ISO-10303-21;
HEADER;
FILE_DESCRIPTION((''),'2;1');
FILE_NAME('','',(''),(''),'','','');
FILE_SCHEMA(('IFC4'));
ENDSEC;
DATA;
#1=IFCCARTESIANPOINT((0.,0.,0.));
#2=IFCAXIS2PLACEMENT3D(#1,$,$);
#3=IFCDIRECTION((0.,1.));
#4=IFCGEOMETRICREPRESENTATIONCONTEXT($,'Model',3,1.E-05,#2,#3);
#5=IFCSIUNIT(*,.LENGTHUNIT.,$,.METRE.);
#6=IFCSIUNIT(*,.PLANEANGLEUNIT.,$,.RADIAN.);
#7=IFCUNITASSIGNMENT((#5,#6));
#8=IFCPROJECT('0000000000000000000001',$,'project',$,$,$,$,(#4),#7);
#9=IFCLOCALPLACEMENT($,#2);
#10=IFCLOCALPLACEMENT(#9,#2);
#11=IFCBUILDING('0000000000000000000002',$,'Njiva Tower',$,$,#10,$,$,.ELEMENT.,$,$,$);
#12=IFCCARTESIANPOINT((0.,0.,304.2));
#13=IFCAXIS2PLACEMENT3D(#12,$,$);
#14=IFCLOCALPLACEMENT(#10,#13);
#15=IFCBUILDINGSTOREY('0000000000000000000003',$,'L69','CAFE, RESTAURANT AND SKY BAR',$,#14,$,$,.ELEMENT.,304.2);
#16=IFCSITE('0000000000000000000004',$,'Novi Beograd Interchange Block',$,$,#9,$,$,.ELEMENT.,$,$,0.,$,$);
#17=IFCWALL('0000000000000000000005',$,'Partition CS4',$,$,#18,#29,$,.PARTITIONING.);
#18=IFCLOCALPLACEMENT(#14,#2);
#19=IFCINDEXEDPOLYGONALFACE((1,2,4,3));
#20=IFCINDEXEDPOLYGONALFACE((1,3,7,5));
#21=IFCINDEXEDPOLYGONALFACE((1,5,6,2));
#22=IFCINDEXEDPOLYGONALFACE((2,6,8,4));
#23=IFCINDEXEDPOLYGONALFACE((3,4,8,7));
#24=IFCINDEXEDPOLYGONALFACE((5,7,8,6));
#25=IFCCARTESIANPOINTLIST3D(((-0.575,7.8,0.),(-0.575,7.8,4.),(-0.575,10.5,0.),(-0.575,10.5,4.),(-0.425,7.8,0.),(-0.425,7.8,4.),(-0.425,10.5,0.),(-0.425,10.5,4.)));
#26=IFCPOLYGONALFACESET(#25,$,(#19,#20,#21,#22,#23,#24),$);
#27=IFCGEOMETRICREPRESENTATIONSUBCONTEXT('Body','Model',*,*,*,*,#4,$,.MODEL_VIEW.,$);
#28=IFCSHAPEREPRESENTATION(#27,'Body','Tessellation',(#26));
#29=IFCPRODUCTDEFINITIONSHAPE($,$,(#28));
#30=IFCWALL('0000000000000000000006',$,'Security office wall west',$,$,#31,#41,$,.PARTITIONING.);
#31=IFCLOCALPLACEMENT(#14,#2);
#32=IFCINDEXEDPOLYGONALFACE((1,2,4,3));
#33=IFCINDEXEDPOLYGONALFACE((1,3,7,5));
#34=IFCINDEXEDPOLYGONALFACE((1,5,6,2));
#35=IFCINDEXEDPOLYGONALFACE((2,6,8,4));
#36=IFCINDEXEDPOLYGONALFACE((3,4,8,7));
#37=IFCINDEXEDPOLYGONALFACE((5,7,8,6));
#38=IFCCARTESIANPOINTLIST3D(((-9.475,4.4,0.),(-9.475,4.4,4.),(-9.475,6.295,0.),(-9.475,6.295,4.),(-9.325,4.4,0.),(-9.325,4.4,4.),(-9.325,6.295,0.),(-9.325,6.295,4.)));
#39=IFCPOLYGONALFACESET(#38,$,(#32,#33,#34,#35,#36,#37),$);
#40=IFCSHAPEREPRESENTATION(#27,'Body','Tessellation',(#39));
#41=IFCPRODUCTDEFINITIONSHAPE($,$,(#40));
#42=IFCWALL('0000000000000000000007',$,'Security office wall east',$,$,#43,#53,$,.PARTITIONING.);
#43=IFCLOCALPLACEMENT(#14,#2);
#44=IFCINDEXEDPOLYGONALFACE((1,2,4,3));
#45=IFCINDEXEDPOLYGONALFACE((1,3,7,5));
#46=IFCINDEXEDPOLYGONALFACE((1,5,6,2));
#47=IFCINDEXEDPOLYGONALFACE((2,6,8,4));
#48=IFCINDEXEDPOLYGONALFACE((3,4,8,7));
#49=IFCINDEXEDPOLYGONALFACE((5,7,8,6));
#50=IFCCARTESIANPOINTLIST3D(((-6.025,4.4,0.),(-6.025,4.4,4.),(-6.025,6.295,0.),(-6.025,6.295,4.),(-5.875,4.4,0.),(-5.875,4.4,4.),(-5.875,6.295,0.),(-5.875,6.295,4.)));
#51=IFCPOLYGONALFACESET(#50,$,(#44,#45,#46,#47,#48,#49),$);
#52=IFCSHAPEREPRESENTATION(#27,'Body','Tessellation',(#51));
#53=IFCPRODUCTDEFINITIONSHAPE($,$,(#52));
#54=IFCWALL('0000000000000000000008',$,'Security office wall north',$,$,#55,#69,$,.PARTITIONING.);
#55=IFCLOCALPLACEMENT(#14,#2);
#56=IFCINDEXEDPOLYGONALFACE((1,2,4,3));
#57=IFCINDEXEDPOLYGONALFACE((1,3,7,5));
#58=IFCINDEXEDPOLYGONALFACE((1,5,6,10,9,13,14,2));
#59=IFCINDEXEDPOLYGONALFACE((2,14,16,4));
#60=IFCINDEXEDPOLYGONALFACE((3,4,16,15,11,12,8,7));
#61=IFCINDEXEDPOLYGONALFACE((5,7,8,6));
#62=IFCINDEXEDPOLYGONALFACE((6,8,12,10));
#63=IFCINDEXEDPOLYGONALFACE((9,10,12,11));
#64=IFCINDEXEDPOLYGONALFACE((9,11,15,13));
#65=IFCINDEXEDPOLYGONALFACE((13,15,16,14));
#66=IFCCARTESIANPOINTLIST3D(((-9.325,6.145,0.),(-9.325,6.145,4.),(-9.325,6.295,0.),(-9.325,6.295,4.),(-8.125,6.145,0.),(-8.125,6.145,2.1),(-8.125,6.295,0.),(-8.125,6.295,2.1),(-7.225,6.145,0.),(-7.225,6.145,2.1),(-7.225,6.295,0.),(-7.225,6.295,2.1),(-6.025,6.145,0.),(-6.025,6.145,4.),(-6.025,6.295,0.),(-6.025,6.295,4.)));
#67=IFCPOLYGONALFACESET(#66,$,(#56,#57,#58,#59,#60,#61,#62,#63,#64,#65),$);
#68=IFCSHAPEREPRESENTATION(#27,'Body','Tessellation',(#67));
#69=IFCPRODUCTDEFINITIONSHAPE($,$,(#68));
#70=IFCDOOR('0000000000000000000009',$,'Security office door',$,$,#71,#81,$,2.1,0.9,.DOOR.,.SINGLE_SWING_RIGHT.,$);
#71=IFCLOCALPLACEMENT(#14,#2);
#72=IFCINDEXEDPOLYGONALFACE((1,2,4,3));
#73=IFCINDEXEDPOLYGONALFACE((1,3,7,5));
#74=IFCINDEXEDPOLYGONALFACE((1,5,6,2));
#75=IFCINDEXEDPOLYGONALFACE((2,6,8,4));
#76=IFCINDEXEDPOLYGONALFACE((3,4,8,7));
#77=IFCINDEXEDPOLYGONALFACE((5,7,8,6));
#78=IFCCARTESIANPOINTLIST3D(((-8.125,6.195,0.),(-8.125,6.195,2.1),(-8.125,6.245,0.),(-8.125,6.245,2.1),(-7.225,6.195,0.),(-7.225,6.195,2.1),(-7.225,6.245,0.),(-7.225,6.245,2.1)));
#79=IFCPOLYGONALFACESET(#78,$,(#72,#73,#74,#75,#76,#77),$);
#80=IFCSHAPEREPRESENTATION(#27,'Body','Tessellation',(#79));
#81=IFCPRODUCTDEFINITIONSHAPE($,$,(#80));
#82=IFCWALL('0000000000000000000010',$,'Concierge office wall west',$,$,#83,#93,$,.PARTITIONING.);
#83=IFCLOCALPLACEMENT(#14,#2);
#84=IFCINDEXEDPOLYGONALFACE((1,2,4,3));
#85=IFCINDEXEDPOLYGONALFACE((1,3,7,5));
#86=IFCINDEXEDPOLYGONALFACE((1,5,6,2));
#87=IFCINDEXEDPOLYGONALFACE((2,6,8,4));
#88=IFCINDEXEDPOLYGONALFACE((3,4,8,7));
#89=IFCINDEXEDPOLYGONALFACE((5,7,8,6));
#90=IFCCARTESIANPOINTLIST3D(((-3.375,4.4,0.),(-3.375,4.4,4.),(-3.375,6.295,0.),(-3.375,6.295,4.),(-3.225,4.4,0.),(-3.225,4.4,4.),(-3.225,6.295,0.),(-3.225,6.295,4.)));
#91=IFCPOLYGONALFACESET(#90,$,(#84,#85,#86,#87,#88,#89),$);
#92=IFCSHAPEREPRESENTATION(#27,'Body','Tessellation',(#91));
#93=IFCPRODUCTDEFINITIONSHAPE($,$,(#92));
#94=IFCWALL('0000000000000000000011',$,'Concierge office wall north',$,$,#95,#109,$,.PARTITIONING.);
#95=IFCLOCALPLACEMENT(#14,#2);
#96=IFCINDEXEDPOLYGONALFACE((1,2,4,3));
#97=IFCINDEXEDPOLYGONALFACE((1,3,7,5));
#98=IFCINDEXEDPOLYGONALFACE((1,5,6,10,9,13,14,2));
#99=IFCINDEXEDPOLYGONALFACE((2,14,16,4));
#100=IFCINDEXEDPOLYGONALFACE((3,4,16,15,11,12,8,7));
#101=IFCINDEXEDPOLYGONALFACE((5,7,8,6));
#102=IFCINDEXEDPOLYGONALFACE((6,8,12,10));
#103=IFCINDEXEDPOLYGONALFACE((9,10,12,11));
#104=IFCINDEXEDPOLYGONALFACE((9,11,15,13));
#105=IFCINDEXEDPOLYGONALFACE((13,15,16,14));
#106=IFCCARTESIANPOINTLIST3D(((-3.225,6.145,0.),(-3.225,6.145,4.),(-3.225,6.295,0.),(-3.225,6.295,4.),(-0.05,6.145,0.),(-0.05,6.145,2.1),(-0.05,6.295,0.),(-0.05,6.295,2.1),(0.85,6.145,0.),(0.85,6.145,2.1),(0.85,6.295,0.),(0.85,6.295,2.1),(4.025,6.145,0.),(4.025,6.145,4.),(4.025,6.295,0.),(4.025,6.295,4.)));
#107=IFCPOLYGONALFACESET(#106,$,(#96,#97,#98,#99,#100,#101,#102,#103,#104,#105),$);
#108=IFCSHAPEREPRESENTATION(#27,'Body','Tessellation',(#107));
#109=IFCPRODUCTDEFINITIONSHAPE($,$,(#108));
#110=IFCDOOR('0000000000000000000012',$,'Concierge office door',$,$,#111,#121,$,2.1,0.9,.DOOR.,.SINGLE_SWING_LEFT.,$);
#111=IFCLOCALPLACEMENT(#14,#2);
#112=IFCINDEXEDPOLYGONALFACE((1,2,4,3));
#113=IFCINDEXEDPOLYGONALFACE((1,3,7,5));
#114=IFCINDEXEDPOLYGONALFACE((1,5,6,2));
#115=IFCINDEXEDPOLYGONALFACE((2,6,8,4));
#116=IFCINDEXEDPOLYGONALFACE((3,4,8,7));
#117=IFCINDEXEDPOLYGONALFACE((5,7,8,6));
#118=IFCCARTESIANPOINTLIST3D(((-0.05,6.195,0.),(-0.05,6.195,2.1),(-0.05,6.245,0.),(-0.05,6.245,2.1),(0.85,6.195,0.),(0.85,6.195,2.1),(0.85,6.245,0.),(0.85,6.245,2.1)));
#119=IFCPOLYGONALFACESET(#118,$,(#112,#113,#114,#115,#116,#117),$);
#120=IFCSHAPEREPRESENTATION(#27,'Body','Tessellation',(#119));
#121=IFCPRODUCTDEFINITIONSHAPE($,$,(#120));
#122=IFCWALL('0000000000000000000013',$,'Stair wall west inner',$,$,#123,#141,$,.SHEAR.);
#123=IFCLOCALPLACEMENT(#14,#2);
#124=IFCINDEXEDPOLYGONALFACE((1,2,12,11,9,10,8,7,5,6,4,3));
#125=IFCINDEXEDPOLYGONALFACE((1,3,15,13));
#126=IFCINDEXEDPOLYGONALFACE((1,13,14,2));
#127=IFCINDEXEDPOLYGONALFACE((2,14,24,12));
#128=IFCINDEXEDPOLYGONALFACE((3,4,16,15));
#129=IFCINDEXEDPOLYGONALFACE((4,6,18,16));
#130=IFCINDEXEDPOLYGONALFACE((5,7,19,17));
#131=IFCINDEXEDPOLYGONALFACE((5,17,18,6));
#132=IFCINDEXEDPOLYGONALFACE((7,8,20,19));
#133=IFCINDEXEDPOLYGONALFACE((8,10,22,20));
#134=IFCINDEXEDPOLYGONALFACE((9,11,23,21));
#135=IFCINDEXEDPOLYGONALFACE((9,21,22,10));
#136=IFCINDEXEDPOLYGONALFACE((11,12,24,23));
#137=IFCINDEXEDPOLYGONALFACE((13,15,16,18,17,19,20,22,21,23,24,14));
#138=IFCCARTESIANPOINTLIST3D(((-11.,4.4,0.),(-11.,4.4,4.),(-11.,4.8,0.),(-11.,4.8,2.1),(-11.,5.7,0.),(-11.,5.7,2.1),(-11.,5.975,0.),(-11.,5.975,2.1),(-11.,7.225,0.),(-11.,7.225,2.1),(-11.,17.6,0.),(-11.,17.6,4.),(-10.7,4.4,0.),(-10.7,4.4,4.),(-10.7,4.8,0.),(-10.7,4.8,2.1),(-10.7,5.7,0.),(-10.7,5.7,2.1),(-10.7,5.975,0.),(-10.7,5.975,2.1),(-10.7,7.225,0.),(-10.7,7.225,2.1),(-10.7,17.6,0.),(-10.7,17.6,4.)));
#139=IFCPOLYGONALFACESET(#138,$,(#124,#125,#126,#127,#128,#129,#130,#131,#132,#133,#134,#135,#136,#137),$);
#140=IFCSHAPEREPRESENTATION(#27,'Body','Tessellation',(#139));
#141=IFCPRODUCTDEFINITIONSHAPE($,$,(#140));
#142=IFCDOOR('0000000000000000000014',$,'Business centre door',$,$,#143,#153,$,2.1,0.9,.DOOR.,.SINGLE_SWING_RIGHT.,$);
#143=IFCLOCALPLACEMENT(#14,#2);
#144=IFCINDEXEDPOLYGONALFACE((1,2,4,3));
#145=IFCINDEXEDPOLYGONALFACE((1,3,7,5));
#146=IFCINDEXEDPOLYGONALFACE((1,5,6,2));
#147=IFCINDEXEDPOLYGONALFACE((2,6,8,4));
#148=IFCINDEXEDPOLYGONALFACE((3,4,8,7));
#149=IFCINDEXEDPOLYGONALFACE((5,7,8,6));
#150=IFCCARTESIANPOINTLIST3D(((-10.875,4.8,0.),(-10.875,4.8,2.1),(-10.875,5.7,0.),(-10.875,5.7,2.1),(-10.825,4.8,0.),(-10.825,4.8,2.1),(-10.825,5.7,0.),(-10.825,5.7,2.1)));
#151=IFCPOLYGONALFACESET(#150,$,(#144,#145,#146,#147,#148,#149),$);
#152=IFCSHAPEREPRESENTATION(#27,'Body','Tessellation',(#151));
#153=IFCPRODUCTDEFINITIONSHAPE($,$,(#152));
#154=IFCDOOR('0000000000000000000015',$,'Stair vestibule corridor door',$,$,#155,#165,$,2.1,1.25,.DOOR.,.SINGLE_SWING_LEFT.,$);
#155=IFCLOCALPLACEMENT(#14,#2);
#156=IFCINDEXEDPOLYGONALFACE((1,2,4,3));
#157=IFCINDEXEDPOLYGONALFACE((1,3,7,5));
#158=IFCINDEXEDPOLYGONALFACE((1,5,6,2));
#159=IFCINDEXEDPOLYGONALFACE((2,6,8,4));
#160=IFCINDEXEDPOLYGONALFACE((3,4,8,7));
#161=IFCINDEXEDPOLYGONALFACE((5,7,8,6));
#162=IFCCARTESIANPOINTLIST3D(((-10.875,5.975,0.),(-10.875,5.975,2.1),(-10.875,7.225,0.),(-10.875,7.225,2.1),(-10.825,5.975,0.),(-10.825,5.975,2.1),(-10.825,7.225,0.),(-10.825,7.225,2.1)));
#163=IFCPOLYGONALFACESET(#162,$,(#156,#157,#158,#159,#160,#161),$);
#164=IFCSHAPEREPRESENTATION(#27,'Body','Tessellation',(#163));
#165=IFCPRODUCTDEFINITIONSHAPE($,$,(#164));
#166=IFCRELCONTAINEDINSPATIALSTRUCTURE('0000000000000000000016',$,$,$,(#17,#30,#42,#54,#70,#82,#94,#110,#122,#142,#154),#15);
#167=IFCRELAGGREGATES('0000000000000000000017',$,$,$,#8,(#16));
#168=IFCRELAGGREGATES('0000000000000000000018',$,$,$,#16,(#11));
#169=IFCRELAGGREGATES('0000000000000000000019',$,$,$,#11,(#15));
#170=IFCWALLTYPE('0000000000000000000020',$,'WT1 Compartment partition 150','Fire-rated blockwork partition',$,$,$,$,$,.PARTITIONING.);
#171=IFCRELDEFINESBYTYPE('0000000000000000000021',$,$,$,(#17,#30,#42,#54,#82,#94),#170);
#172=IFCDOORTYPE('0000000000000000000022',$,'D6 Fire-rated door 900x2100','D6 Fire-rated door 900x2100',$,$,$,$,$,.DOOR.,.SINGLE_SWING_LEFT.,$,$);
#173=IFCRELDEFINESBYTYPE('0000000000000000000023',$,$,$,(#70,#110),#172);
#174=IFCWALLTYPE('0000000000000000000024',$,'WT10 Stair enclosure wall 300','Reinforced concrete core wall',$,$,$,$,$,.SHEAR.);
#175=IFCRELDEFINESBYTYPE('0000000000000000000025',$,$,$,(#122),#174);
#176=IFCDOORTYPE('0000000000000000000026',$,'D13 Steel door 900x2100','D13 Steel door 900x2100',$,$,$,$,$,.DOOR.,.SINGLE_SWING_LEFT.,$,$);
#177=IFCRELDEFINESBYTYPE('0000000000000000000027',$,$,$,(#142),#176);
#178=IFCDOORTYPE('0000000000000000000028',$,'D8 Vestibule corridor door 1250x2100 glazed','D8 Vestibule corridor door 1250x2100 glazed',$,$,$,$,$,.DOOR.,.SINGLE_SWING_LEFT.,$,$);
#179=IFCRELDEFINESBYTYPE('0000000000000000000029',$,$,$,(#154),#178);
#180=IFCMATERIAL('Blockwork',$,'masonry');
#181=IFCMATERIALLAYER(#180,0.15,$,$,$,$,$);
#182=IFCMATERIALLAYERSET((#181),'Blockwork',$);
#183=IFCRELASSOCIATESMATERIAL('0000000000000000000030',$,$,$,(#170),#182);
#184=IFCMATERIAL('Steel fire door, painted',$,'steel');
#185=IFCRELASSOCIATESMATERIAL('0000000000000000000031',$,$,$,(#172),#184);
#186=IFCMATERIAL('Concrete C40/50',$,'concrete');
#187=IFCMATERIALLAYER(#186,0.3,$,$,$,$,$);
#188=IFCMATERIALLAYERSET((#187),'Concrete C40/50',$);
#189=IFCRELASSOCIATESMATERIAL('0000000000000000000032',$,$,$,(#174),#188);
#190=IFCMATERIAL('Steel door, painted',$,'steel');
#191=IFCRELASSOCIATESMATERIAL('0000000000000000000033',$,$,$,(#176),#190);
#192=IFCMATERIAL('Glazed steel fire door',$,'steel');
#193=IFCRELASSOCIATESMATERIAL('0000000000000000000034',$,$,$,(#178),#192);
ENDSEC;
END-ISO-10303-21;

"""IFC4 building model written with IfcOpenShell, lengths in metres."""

from ifc_helpers import new_model, si_unit, direction, frame, frame_2d, origin, place, context, subcontext, project, spatial, rectangle, extrude, material, layer, layer_set, type_object, element, fill, save


model = new_model("IFC4")

# Units and contexts
model_context = context("Model", 3, precision=1e-05, world=origin(), true_north=direction((0.0, 1.0)))
body_context = subcontext(model_context, "Body", "Model", "MODEL_VIEW")
ifc_project = project(units=[si_unit("LENGTHUNIT", "METRE"), si_unit("PLANEANGLEUNIT", "RADIAN")], contexts=[model_context])

# Site, building, storey
site_placement = place(None, origin())
site = spatial("IfcSite", under=ifc_project, at=site_placement, Name="Novi Beograd Interchange Block", CompositionType="ELEMENT", RefElevation=0.0)
building_placement = place(site_placement, origin())
building = spatial("IfcBuilding", under=site, at=building_placement, Name="Njiva Tower", CompositionType="ELEMENT")
storey_placement = place(building_placement, frame((0.0, 0.0, 304.2)))
storey = spatial("IfcBuildingStorey", under=building, at=storey_placement, Name="L69", Description="CAFE, RESTAURANT AND SKY BAR", CompositionType="ELEMENT", Elevation=304.2)

# Walls
ifc_material_1 = material(Name="Blockwork", Category="masonry")
ifc_layer_1 = layer(ifc_material_1, 0.15)
ifc_layer_set_1 = layer_set([ifc_layer_1], Name="Blockwork")
wall_type_1 = type_object("IfcWallType", Name="WT1 Compartment partition 150", Description="Fire-rated blockwork partition", PredefinedType="PARTITIONING", material=ifc_layer_set_1)
wall_1_placement = place(storey_placement, frame((-0.5, 7.8, 0.0), z_axis=(0.0, 0.0, 1.0), x_axis=(0.0, 1.0, 0.0)))
element("IfcWall", 1, at=wall_1_placement, inside=storey, type_object=wall_type_1, Name="Partition CS4", PredefinedType="PARTITIONING", context=body_context, shape_type="SweptSolid", body=[
    extrude(rectangle(XDim=2.7, YDim=0.15, at=frame_2d((1.35, 0.0))), origin(), (0.0, 0.0, 1.0), 4.0),
])
for number, where, z_axis, x_axis, name in (
    (2, (-9.4, 4.4, 0.0), (0.0, 0.0, 1.0), (0.0, 1.0, 0.0), "Security office wall west"),
    (3, (-5.95, 4.4, 0.0), (0.0, 0.0, 1.0), (0.0, 1.0, 0.0), "Security office wall east"),
):
    element("IfcWall", number, at=place(storey_placement, frame(where, z_axis=z_axis, x_axis=x_axis)), inside=storey, type_object=wall_type_1, Name=name, PredefinedType="PARTITIONING", context=body_context, shape_type="SweptSolid", body=[
        extrude(rectangle(XDim=1.895, YDim=0.15, at=frame_2d((0.9475, 0.0))), origin(), (0.0, 0.0, 1.0), 4.0),
    ])

# Wall, opening, door
wall_2_placement = place(storey_placement, frame((-9.325, 6.22, 0.0), z_axis=(0.0, 0.0, 1.0), x_axis=(1.0, 0.0, 0.0)))
wall_2 = element("IfcWall", 4, at=wall_2_placement, inside=storey, type_object=wall_type_1, Name="Security office wall north", PredefinedType="PARTITIONING", context=body_context, shape_type="SweptSolid", body=[
    extrude(rectangle(XDim=3.3, YDim=0.15, at=frame_2d((1.65, 0.0))), origin(), (0.0, 0.0, 1.0), 4.0),
])
opening_1_placement = place(wall_2_placement, frame((1.2, 0.0, 0.0)))
opening_1 = element("IfcOpeningElement", 5, at=opening_1_placement, cuts=wall_2, PredefinedType="OPENING", context=body_context, shape_type="SweptSolid", body=[
    extrude(rectangle(XDim=0.9, YDim=2.1, at=frame_2d((0.45, 1.05))), frame((0.0, 0.085, 0.0), z_axis=(0.0, -1.0, 0.0), x_axis=(1.0, 0.0, 0.0)), (0.0, 0.0, 1.0), 0.17),
])
ifc_material_2 = material(Name="Steel fire door, painted", Category="steel")
door_type_1 = type_object("IfcDoorType", Name="D6 Fire-rated door 900x2100", Description="D6 Fire-rated door 900x2100", OperationType="SINGLE_SWING_LEFT", PredefinedType="DOOR", material=ifc_material_2)
door_1_placement = place(opening_1_placement, origin())
door_1 = element("IfcDoor", 6, at=door_1_placement, inside=storey, type_object=door_type_1, Name="Security office door", OperationType="SINGLE_SWING_RIGHT", OverallHeight=2.1, OverallWidth=0.9, PredefinedType="DOOR", context=body_context, shape_type="SweptSolid", body=[
    extrude(rectangle(XDim=0.9, YDim=2.1, at=frame_2d((0.45, 1.05))), frame((0.0, 0.025, 0.0), z_axis=(0.0, -1.0, 0.0), x_axis=(1.0, 0.0, 0.0)), (0.0, 0.0, 1.0), 0.05),
])
fill(opening_1, door_1)

# Wall
wall_3_placement = place(storey_placement, frame((-3.3, 4.4, 0.0), z_axis=(0.0, 0.0, 1.0), x_axis=(0.0, 1.0, 0.0)))
element("IfcWall", 7, at=wall_3_placement, inside=storey, type_object=wall_type_1, Name="Concierge office wall west", PredefinedType="PARTITIONING", context=body_context, shape_type="SweptSolid", body=[
    extrude(rectangle(XDim=1.895, YDim=0.15, at=frame_2d((0.9475, 0.0))), origin(), (0.0, 0.0, 1.0), 4.0),
])

# Wall, opening, door
wall_4_placement = place(storey_placement, frame((-3.225, 6.22, 0.0), z_axis=(0.0, 0.0, 1.0), x_axis=(1.0, 0.0, 0.0)))
wall_4 = element("IfcWall", 8, at=wall_4_placement, inside=storey, type_object=wall_type_1, Name="Concierge office wall north", PredefinedType="PARTITIONING", context=body_context, shape_type="SweptSolid", body=[
    extrude(rectangle(XDim=7.25, YDim=0.15, at=frame_2d((3.625, 0.0))), origin(), (0.0, 0.0, 1.0), 4.0),
])
opening_2_placement = place(wall_4_placement, frame((3.175, 0.0, 0.0)))
opening_2 = element("IfcOpeningElement", 9, at=opening_2_placement, cuts=wall_4, PredefinedType="OPENING", context=body_context, shape_type="SweptSolid", body=[
    extrude(rectangle(XDim=0.9, YDim=2.1, at=frame_2d((0.45, 1.05))), frame((0.0, 0.085, 0.0), z_axis=(0.0, -1.0, 0.0), x_axis=(1.0, 0.0, 0.0)), (0.0, 0.0, 1.0), 0.17),
])
door_2_placement = place(opening_2_placement, origin())
door_2 = element("IfcDoor", 10, at=door_2_placement, inside=storey, type_object=door_type_1, Name="Concierge office door", OperationType="SINGLE_SWING_LEFT", OverallHeight=2.1, OverallWidth=0.9, PredefinedType="DOOR", context=body_context, shape_type="SweptSolid", body=[
    extrude(rectangle(XDim=0.9, YDim=2.1, at=frame_2d((0.45, 1.05))), frame((0.0, 0.025, 0.0), z_axis=(0.0, -1.0, 0.0), x_axis=(1.0, 0.0, 0.0)), (0.0, 0.0, 1.0), 0.05),
])
fill(opening_2, door_2)

# Wall, openings, doors
ifc_material_3 = material(Name="Concrete C40/50", Category="concrete")
ifc_layer_2 = layer(ifc_material_3, 0.3)
ifc_layer_set_2 = layer_set([ifc_layer_2], Name="Concrete C40/50")
wall_type_2 = type_object("IfcWallType", Name="WT10 Stair enclosure wall 300", Description="Reinforced concrete core wall", PredefinedType="SHEAR", material=ifc_layer_set_2)
wall_5_placement = place(storey_placement, frame((-10.85, 4.4, 0.0), z_axis=(0.0, 0.0, 1.0), x_axis=(0.0, 1.0, 0.0)))
wall_5 = element("IfcWall", 11, at=wall_5_placement, inside=storey, type_object=wall_type_2, Name="Stair wall west inner", PredefinedType="SHEAR", context=body_context, shape_type="SweptSolid", body=[
    extrude(rectangle(XDim=13.2, YDim=0.3, at=frame_2d((6.6, 0.0))), origin(), (0.0, 0.0, 1.0), 4.0),
])
opening_3_placement = place(wall_5_placement, frame((1.575, 0.0, 0.0)))
opening_3 = element("IfcOpeningElement", 12, at=opening_3_placement, cuts=wall_5, PredefinedType="OPENING", context=body_context, shape_type="SweptSolid", body=[
    extrude(rectangle(XDim=1.25, YDim=2.1, at=frame_2d((0.625, 1.05))), frame((0.0, 0.16, 0.0), z_axis=(0.0, -1.0, 0.0), x_axis=(1.0, 0.0, 0.0)), (0.0, 0.0, 1.0), 0.32),
])
opening_4_placement = place(wall_5_placement, frame((0.4, 0.0, 0.0)))
opening_4 = element("IfcOpeningElement", 13, at=opening_4_placement, cuts=wall_5, PredefinedType="OPENING", context=body_context, shape_type="SweptSolid", body=[
    extrude(rectangle(XDim=0.9, YDim=2.1, at=frame_2d((0.45, 1.05))), frame((0.0, 0.16, 0.0), z_axis=(0.0, -1.0, 0.0), x_axis=(1.0, 0.0, 0.0)), (0.0, 0.0, 1.0), 0.32),
])
ifc_material_4 = material(Name="Steel door, painted", Category="steel")
door_type_2 = type_object("IfcDoorType", Name="D13 Steel door 900x2100", Description="D13 Steel door 900x2100", OperationType="SINGLE_SWING_LEFT", PredefinedType="DOOR", material=ifc_material_4)
door_3_placement = place(opening_4_placement, origin())
door_3 = element("IfcDoor", 14, at=door_3_placement, inside=storey, type_object=door_type_2, Name="Business centre door", OperationType="SINGLE_SWING_RIGHT", OverallHeight=2.1, OverallWidth=0.9, PredefinedType="DOOR", context=body_context, shape_type="SweptSolid", body=[
    extrude(rectangle(XDim=0.9, YDim=2.1, at=frame_2d((0.45, 1.05))), frame((0.0, 0.025, 0.0), z_axis=(0.0, -1.0, 0.0), x_axis=(1.0, 0.0, 0.0)), (0.0, 0.0, 1.0), 0.05),
])
fill(opening_4, door_3)
ifc_material_5 = material(Name="Glazed steel fire door", Category="steel")
door_type_3 = type_object("IfcDoorType", Name="D8 Vestibule corridor door 1250x2100 glazed", Description="D8 Vestibule corridor door 1250x2100 glazed", OperationType="SINGLE_SWING_LEFT", PredefinedType="DOOR", material=ifc_material_5)
door_4_placement = place(opening_3_placement, origin())
door_4 = element("IfcDoor", 15, at=door_4_placement, inside=storey, type_object=door_type_3, Name="Stair vestibule corridor door", OperationType="SINGLE_SWING_LEFT", OverallHeight=2.1, OverallWidth=1.25, PredefinedType="DOOR", context=body_context, shape_type="SweptSolid", body=[
    extrude(rectangle(XDim=1.25, YDim=2.1, at=frame_2d((0.625, 1.05))), frame((0.0, 0.025, 0.0), z_axis=(0.0, -1.0, 0.0), x_axis=(1.0, 0.0, 0.0)), (0.0, 0.0, 1.0), 0.05),
])
fill(opening_3, door_4)

save(model, "model.ifc")
